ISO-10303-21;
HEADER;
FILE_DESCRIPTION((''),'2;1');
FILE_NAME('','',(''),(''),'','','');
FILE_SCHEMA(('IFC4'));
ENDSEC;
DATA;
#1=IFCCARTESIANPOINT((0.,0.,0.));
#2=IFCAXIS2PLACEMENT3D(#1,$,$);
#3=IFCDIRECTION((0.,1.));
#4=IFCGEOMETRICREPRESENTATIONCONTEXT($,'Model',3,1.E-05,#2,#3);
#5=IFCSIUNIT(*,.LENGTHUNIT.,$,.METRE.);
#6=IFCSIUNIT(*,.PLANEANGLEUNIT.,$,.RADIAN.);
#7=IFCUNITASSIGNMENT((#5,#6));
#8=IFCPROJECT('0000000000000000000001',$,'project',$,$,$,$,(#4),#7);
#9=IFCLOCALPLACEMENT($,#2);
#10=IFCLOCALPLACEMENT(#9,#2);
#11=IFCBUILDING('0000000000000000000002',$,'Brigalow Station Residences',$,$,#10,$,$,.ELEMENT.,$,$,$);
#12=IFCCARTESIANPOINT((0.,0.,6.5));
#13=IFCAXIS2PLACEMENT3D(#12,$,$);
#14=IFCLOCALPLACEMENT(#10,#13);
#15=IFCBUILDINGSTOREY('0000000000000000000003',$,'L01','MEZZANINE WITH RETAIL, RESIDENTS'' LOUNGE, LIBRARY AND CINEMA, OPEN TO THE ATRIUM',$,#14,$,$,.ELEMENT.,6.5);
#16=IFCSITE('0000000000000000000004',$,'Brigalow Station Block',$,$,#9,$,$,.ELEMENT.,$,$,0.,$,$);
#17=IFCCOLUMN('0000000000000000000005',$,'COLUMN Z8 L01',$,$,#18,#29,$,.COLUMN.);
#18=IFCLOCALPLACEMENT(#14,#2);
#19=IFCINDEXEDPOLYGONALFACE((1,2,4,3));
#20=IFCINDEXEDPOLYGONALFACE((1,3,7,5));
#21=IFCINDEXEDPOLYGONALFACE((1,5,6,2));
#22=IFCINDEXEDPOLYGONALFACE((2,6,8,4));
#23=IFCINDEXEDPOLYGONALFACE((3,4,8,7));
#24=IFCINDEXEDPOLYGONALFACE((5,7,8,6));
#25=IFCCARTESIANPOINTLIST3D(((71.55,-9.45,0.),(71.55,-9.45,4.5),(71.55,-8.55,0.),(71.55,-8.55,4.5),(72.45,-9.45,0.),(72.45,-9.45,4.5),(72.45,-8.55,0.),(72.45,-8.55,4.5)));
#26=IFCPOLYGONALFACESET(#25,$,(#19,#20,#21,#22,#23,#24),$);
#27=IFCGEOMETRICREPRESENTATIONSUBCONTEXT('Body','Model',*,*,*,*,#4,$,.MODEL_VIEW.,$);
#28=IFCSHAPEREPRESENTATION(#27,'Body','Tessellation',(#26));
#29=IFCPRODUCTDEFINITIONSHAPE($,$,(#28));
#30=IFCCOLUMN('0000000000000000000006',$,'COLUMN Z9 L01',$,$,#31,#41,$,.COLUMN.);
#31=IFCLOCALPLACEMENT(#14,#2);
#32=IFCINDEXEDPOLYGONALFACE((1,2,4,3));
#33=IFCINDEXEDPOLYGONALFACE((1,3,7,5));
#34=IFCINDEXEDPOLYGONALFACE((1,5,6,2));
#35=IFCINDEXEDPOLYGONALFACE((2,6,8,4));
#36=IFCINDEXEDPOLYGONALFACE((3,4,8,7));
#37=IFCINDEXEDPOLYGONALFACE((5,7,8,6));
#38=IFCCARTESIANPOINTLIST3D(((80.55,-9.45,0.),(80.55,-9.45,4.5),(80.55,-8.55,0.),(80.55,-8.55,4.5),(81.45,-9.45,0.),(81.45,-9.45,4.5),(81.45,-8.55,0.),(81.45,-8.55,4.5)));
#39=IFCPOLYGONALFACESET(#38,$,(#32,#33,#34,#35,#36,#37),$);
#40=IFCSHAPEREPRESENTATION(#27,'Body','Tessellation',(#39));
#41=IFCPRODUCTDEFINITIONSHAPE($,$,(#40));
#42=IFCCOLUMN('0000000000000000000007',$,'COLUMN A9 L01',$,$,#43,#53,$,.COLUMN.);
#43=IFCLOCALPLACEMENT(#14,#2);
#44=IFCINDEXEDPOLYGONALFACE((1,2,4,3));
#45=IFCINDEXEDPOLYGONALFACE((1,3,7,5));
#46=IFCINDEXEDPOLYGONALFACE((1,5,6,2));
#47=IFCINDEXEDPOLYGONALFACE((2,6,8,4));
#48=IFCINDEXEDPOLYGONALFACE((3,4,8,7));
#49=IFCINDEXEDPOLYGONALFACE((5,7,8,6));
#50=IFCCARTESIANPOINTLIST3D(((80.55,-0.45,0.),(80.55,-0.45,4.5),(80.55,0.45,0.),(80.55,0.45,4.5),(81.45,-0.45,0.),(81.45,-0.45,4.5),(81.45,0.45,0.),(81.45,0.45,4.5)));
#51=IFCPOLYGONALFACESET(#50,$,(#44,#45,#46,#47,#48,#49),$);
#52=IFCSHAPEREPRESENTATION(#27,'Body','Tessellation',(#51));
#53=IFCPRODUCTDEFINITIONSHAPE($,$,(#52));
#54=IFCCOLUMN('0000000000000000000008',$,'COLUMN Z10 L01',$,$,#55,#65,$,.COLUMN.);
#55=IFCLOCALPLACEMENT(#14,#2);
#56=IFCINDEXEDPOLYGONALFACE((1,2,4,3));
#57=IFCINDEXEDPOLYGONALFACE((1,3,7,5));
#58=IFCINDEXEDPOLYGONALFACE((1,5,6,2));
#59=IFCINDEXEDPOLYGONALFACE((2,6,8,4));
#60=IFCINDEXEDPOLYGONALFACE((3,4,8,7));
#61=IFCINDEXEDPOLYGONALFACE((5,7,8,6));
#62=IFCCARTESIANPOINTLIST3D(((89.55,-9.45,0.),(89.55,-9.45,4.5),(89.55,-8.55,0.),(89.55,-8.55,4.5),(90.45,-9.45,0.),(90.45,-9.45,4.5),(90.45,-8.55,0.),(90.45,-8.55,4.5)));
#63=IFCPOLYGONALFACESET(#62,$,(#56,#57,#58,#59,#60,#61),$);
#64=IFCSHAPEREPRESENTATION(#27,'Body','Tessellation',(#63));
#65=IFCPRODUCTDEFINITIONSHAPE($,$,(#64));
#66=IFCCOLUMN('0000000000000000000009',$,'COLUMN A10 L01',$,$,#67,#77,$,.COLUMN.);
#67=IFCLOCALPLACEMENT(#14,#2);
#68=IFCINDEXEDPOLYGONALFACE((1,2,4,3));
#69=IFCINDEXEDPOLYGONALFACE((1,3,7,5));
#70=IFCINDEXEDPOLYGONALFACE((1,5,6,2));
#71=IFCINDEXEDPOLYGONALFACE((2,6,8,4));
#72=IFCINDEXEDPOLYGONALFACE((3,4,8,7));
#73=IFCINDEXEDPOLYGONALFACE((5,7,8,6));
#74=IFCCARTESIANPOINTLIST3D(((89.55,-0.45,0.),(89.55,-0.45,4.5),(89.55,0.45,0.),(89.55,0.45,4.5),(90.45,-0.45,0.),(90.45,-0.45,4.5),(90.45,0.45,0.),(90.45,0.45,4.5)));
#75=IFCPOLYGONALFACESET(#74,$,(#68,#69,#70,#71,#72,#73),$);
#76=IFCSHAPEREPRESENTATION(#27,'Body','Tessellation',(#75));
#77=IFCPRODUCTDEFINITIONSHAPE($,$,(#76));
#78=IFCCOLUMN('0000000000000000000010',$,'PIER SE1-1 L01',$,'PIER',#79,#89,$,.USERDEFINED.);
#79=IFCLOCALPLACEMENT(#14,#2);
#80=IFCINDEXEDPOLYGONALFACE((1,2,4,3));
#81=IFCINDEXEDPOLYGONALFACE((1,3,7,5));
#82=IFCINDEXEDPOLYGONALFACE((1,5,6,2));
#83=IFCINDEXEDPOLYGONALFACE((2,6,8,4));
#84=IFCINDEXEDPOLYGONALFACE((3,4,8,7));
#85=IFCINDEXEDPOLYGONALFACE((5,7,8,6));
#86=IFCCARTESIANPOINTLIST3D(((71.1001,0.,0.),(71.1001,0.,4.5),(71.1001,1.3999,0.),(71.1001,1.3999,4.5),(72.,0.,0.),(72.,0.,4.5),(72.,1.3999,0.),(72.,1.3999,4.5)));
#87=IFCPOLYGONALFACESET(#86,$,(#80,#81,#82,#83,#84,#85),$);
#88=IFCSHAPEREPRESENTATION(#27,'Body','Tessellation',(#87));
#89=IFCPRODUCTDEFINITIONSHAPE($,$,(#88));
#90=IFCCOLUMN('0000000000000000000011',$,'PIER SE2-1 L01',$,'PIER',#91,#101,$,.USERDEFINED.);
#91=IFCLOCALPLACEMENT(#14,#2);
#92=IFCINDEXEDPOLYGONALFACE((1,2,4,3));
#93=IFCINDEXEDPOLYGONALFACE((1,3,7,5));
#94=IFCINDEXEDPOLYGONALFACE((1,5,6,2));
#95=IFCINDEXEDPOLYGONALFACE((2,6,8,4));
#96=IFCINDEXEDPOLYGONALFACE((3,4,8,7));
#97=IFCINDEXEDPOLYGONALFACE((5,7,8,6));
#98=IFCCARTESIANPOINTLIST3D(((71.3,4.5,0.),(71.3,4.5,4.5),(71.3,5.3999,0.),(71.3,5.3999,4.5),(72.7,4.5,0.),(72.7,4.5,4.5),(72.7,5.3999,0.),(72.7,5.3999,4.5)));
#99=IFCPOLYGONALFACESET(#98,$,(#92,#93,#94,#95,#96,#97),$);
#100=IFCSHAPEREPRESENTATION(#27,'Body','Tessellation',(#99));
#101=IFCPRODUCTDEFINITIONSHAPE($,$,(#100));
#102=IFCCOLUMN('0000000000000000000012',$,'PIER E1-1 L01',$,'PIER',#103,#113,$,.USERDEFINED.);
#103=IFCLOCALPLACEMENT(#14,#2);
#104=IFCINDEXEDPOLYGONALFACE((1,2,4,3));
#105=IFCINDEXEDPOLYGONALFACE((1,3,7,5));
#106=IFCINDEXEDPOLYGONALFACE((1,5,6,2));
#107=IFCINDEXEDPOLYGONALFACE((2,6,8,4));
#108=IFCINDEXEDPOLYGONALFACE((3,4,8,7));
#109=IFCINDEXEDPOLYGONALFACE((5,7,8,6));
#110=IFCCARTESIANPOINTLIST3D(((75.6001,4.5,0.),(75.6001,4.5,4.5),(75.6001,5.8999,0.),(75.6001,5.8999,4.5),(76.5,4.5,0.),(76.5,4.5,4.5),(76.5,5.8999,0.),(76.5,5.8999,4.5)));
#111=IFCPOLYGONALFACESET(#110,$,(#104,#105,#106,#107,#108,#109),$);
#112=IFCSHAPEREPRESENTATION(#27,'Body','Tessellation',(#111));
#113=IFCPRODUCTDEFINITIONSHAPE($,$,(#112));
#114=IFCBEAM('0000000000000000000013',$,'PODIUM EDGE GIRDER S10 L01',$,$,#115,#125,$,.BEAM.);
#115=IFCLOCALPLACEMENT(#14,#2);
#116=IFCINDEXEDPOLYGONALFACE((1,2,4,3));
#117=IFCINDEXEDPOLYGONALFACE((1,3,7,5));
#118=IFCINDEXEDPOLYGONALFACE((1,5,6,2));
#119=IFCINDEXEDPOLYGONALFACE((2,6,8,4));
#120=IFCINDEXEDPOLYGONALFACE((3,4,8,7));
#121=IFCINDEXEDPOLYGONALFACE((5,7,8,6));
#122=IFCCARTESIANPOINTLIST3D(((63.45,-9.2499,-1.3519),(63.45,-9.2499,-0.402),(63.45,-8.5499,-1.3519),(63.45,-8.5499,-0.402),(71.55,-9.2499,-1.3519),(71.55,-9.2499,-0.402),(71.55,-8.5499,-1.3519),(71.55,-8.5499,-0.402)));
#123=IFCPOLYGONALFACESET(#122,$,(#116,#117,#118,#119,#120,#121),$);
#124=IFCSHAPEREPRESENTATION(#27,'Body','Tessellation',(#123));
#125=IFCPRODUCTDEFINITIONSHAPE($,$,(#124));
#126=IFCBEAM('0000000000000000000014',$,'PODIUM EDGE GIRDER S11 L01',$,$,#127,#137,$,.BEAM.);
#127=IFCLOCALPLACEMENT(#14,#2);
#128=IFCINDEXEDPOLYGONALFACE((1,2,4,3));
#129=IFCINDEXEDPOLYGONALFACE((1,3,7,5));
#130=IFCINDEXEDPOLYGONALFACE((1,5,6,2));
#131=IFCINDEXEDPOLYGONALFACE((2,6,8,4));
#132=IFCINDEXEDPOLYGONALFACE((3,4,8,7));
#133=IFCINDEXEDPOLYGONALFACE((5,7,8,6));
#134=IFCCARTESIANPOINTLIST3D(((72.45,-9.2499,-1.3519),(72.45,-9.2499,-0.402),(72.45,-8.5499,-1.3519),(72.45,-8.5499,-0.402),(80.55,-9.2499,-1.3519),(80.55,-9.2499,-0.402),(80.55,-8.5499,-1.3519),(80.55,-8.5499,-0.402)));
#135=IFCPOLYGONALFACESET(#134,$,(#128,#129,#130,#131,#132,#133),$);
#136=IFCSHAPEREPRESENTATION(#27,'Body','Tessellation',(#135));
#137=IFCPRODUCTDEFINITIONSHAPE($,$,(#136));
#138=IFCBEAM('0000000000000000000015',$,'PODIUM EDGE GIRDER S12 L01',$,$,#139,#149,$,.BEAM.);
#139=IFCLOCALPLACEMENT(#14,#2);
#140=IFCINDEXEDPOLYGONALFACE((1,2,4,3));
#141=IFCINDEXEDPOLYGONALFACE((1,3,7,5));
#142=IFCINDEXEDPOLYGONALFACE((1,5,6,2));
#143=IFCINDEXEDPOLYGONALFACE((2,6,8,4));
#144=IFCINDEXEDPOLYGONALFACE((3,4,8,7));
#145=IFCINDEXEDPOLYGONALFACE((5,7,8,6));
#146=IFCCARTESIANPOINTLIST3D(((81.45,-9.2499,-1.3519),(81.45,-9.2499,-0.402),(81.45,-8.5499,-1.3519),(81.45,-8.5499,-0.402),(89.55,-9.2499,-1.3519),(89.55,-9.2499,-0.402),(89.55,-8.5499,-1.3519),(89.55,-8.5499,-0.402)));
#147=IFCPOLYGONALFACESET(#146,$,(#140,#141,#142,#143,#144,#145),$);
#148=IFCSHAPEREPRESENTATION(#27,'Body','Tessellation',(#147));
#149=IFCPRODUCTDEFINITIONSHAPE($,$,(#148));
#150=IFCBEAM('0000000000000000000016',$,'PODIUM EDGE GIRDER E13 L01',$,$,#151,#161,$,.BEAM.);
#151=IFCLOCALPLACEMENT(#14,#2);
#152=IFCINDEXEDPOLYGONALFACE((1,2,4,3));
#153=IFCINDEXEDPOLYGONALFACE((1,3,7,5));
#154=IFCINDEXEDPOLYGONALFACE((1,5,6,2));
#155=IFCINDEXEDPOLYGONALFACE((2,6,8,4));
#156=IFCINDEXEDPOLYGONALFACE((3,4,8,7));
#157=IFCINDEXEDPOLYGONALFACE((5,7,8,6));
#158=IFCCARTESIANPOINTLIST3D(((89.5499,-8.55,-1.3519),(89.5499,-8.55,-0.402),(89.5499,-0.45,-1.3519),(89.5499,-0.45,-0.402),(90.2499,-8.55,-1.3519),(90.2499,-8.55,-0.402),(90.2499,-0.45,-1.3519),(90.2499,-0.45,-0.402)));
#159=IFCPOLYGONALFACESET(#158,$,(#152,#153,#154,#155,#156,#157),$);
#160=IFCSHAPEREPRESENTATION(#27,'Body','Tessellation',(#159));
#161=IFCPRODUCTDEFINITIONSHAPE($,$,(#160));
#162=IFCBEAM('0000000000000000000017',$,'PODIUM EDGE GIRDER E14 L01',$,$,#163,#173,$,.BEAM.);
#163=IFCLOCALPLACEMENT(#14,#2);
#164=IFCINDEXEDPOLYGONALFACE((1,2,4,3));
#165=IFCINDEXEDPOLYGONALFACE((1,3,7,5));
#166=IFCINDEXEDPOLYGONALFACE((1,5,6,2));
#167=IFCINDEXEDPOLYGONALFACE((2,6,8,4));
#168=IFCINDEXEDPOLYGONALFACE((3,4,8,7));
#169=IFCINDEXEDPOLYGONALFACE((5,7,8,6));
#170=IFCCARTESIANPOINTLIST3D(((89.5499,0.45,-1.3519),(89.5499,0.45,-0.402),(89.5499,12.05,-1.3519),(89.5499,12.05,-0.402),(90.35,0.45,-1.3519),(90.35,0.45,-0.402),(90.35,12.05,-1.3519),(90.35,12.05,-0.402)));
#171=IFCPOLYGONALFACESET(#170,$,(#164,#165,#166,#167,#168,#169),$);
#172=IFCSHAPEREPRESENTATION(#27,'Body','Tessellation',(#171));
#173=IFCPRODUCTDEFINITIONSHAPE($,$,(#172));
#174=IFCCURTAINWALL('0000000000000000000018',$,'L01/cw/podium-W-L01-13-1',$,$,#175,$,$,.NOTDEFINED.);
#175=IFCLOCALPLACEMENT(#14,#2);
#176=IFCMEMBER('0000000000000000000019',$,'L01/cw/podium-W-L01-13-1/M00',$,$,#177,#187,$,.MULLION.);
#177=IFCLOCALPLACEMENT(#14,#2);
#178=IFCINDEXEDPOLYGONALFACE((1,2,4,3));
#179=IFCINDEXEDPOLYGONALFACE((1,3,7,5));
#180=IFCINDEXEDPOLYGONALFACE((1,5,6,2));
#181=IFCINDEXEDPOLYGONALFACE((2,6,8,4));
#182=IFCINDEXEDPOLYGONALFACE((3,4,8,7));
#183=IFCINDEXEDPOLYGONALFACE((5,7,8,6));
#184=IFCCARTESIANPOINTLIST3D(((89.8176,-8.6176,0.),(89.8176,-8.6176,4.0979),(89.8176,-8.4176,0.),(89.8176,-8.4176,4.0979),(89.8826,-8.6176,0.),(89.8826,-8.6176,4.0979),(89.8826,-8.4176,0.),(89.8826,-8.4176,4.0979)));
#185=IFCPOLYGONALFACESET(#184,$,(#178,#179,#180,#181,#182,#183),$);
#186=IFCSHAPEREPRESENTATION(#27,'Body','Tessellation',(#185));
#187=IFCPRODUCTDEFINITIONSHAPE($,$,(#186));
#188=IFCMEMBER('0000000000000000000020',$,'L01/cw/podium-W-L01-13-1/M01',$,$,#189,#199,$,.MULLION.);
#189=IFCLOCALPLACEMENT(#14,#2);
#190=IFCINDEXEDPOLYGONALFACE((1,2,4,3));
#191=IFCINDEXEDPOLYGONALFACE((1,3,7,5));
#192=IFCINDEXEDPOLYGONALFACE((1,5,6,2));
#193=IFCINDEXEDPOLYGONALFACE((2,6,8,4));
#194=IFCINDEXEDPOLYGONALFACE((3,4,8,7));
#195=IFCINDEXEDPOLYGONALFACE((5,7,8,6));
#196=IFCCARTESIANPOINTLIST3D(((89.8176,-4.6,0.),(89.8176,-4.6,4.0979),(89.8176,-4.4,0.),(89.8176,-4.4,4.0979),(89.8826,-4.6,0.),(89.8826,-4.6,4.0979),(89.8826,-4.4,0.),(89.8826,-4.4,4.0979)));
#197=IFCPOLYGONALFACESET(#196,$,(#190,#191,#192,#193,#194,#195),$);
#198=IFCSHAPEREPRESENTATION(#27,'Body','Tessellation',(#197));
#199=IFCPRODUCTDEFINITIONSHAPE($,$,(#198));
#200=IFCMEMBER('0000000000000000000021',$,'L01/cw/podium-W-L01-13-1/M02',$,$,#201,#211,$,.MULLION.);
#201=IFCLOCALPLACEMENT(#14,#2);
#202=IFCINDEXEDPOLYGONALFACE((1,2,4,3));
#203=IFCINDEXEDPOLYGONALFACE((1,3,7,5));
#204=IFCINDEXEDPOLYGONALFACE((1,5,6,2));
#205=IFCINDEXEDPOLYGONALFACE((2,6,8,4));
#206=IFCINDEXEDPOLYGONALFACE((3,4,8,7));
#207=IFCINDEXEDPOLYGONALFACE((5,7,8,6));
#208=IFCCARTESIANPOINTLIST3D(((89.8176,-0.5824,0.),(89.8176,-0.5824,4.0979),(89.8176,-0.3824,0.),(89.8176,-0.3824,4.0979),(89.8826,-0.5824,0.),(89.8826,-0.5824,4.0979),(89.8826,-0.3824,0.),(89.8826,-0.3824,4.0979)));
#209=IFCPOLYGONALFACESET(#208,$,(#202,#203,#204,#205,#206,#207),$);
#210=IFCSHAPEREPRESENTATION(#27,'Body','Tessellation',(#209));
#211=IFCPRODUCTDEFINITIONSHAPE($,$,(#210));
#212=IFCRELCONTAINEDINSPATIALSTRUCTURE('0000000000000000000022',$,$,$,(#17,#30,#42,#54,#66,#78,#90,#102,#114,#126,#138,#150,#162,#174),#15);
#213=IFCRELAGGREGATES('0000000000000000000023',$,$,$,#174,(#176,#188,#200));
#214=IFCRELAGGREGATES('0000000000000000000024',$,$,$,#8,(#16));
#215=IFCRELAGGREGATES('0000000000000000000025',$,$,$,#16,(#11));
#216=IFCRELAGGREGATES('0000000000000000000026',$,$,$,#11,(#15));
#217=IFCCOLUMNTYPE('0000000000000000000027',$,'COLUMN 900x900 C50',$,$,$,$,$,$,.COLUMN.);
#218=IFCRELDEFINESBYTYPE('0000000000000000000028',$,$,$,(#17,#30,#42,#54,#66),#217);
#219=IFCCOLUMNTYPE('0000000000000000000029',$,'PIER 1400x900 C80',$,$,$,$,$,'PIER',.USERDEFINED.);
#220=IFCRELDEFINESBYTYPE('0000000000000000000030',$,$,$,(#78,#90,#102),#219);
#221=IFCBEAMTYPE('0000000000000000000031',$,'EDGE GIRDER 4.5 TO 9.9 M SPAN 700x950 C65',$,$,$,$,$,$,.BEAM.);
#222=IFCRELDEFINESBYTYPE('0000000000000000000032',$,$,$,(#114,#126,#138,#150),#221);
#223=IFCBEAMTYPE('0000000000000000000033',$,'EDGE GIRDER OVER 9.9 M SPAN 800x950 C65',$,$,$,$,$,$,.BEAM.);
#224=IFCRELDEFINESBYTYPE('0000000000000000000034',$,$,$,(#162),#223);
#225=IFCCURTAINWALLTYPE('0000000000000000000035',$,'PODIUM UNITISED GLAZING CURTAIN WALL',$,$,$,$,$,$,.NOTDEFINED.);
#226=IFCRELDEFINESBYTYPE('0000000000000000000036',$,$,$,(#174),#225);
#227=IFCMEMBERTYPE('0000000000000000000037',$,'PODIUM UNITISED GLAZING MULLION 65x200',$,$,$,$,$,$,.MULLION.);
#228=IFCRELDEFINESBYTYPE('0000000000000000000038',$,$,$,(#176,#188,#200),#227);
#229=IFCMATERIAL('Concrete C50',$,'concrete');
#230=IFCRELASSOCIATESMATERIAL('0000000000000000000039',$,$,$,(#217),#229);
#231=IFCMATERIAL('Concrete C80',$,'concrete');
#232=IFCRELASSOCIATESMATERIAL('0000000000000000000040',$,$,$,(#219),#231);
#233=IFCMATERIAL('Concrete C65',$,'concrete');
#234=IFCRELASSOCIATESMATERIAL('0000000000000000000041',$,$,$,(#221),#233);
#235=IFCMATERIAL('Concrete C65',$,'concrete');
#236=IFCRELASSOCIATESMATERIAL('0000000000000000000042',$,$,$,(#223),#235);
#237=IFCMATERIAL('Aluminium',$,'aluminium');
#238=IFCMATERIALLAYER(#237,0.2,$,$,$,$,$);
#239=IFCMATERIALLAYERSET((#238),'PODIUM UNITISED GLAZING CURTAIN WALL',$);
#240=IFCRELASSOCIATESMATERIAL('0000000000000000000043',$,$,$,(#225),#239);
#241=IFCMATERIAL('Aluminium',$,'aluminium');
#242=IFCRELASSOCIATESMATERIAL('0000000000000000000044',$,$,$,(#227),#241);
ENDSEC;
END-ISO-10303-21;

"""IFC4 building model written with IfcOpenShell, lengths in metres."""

from ifc_helpers import new_model, si_unit, direction, frame, origin, origin_2d, place, context, subcontext, project, spatial, rectangle, extrude, material, layer, layer_set, material_profile, profile_set, type_object, element, aggregate, save


model = new_model("IFC4")

# Units and contexts
model_context = context("Model", 3, precision=1e-05, world=origin(), true_north=direction((0.0, 1.0)))
body_context = subcontext(model_context, "Body", "Model", "MODEL_VIEW")
ifc_project = project(units=[si_unit("LENGTHUNIT", "METRE"), si_unit("PLANEANGLEUNIT", "RADIAN")], contexts=[model_context])

# Site, building, storey
site_placement = place(None, origin())
site = spatial("IfcSite", under=ifc_project, at=site_placement, Name="Brigalow Station Block", CompositionType="ELEMENT", RefElevation=0.0)
building_placement = place(site_placement, origin())
building = spatial("IfcBuilding", under=site, at=building_placement, Name="Brigalow Station Residences", CompositionType="ELEMENT")
storey_placement = place(building_placement, frame((0.0, 0.0, 6.5)))
storey = spatial("IfcBuildingStorey", under=building, at=storey_placement, Name="L01", Description="MEZZANINE WITH RETAIL, RESIDENTS' LOUNGE, LIBRARY AND CINEMA, OPEN TO THE ATRIUM", CompositionType="ELEMENT", Elevation=6.5)

# Columns
ifc_material_1 = material(Name="Concrete C50", Category="concrete")
ifc_material_profile_1 = material_profile(ifc_material_1, rectangle(XDim=0.8999, YDim=0.8999, at=origin_2d()), Name="RC900x900")
ifc_profile_set_1 = profile_set([ifc_material_profile_1], Name="Concrete C50")
column_type_1 = type_object("IfcColumnType", Name="COLUMN 900x900 C50", PredefinedType="COLUMN", material=ifc_profile_set_1)
for number, where, z_axis, x_axis, name in (
    (1, (72.0, -9.0, 0.0), (0.0, 0.0, 1.0), (1.0, 0.0, 0.0), "COLUMN Z8 L01"),
    (2, (81.0, -9.0, 0.0), (0.0, 0.0, 1.0), (1.0, 0.0, 0.0), "COLUMN Z9 L01"),
    (3, (81.0, 0.0, 0.0), (0.0, 0.0, 1.0), (1.0, 0.0, 0.0), "COLUMN A9 L01"),
    (4, (90.0, -9.0, 0.0), (0.0, 0.0, 1.0), (1.0, 0.0, 0.0), "COLUMN Z10 L01"),
    (5, (90.0, 0.0, 0.0), (0.0, 0.0, 1.0), (1.0, 0.0, 0.0), "COLUMN A10 L01"),
):
    element("IfcColumn", number, at=place(storey_placement, frame(where, z_axis=z_axis, x_axis=x_axis)), inside=storey, type_object=column_type_1, Name=name, PredefinedType="COLUMN", context=body_context, shape_type="SweptSolid", body=[
        extrude(rectangle(XDim=0.8999, YDim=0.8999, at=origin_2d()), origin(), (0.0, 0.0, 1.0), 4.5),
    ])
ifc_material_2 = material(Name="Concrete C80", Category="concrete")
ifc_material_profile_2 = material_profile(ifc_material_2, rectangle(XDim=1.3999, YDim=0.8999, at=origin_2d()), Name="RC1400x900")
ifc_profile_set_2 = profile_set([ifc_material_profile_2], Name="Concrete C80")
column_type_2 = type_object("IfcColumnType", Name="PIER 1400x900 C80", ElementType="PIER", PredefinedType="USERDEFINED", material=ifc_profile_set_2)
for number, where, z_axis, x_axis, name in (
    (6, (71.55, 0.7, 0.0), (0.0, 0.0, 1.0), (0.0, 1.0, 0.0), "PIER SE1-1 L01"),
    (7, (72.0, 4.95, 0.0), (0.0, 0.0, 1.0), (1.0, 0.0, 0.0), "PIER SE2-1 L01"),
    (8, (76.05, 5.2, 0.0), (0.0, 0.0, 1.0), (0.0, 1.0, 0.0), "PIER E1-1 L01"),
):
    element("IfcColumn", number, at=place(storey_placement, frame(where, z_axis=z_axis, x_axis=x_axis)), inside=storey, type_object=column_type_2, Name=name, ObjectType="PIER", PredefinedType="USERDEFINED", context=body_context, shape_type="SweptSolid", body=[
        extrude(rectangle(XDim=1.3999, YDim=0.8999, at=origin_2d()), origin(), (0.0, 0.0, 1.0), 4.5),
    ])

# Beams
ifc_material_3 = material(Name="Concrete C65", Category="concrete")
ifc_material_profile_3 = material_profile(ifc_material_3, rectangle(XDim=0.7, YDim=0.95, at=origin_2d()), Name="RC700x950")
ifc_profile_set_3 = profile_set([ifc_material_profile_3], Name="Concrete C65")
beam_type_1 = type_object("IfcBeamType", Name="EDGE GIRDER 4.5 TO 9.9 M SPAN 700x950 C65", PredefinedType="BEAM", material=ifc_profile_set_3)
for number, where, z_axis, x_axis, name in (
    (9, (63.45, -8.8999, -0.877), (1.0, 0.0, 0.0), (0.0, 1.0, 0.0), "PODIUM EDGE GIRDER S10 L01"),
    (10, (72.45, -8.8999, -0.877), (1.0, 0.0, 0.0), (0.0, 1.0, 0.0), "PODIUM EDGE GIRDER S11 L01"),
    (11, (81.45, -8.8999, -0.877), (1.0, 0.0, 0.0), (0.0, 1.0, 0.0), "PODIUM EDGE GIRDER S12 L01"),
    (12, (89.8999, -8.55, -0.877), (0.0, 1.0, 0.0), (-1.0, 0.0, 0.0), "PODIUM EDGE GIRDER E13 L01"),
):
    element("IfcBeam", number, at=place(storey_placement, frame(where, z_axis=z_axis, x_axis=x_axis)), inside=storey, type_object=beam_type_1, Name=name, PredefinedType="BEAM", context=body_context, shape_type="SweptSolid", body=[
        extrude(rectangle(XDim=0.7, YDim=0.95, at=origin_2d()), origin(), (0.0, 0.0, 1.0), 8.1001),
    ])
ifc_material_4 = material(Name="Concrete C65", Category="concrete")
ifc_material_profile_4 = material_profile(ifc_material_4, rectangle(XDim=0.8, YDim=0.95, at=origin_2d()), Name="RC800x950")
ifc_profile_set_4 = profile_set([ifc_material_profile_4], Name="Concrete C65")
beam_type_2 = type_object("IfcBeamType", Name="EDGE GIRDER OVER 9.9 M SPAN 800x950 C65", PredefinedType="BEAM", material=ifc_profile_set_4)
beam_placement = place(storey_placement, frame((89.95, 0.45, -0.877), z_axis=(0.0, 1.0, 0.0), x_axis=(-1.0, 0.0, 0.0)))
element("IfcBeam", 13, at=beam_placement, inside=storey, type_object=beam_type_2, Name="PODIUM EDGE GIRDER E14 L01", PredefinedType="BEAM", context=body_context, shape_type="SweptSolid", body=[
    extrude(rectangle(XDim=0.8, YDim=0.95, at=origin_2d()), origin(), (0.0, 0.0, 1.0), 11.6001),
])

# Curtain wall, members
ifc_material_5 = material(Name="Aluminium", Category="aluminium")
ifc_layer_1 = layer(ifc_material_5, 0.2)
ifc_layer_set_1 = layer_set([ifc_layer_1], Name="PODIUM UNITISED GLAZING CURTAIN WALL")
curtain_wall_type = type_object("IfcCurtainWallType", Name="PODIUM UNITISED GLAZING CURTAIN WALL", PredefinedType="NOTDEFINED", material=ifc_layer_set_1)
curtain_wall_1_placement = place(storey_placement, origin())
curtain_wall_1 = element("IfcCurtainWall", 14, at=curtain_wall_1_placement, inside=storey, type_object=curtain_wall_type, Name="L01/cw/podium-W-L01-13-1", PredefinedType="NOTDEFINED")
ifc_material_6 = material(Name="Aluminium", Category="aluminium")
ifc_material_profile_5 = material_profile(ifc_material_6, rectangle(XDim=0.0649, YDim=0.2, at=origin_2d()), Name="PODIUM UNITISED GLAZING MULLION 65x200")
ifc_profile_set_5 = profile_set([ifc_material_profile_5], Name="Aluminium")
member_type_1 = type_object("IfcMemberType", Name="PODIUM UNITISED GLAZING MULLION 65x200", PredefinedType="MULLION", material=ifc_profile_set_5)
member_1_placement = place(storey_placement, frame((89.8501, -8.5176, 0.0), z_axis=(0.0, 0.0, 1.0), x_axis=(-1.0, 0.0, 0.0)))
member_1 = element("IfcMember", 15, at=member_1_placement, type_object=member_type_1, Name="L01/cw/podium-W-L01-13-1/M00", PredefinedType="MULLION", context=body_context, shape_type="SweptSolid", body=[
    extrude(rectangle(XDim=0.0649, YDim=0.2, at=origin_2d()), origin(), (0.0, 0.0, 1.0), 4.0979),
])
member_2_placement = place(storey_placement, frame((89.8501, -4.5, 0.0), z_axis=(0.0, 0.0, 1.0), x_axis=(-1.0, 0.0, 0.0)))
member_2 = element("IfcMember", 16, at=member_2_placement, type_object=member_type_1, Name="L01/cw/podium-W-L01-13-1/M01", PredefinedType="MULLION", context=body_context, shape_type="SweptSolid", body=[
    extrude(rectangle(XDim=0.0649, YDim=0.2, at=origin_2d()), origin(), (0.0, 0.0, 1.0), 4.0979),
])
member_3_placement = place(storey_placement, frame((89.8501, -0.4824, 0.0), z_axis=(0.0, 0.0, 1.0), x_axis=(-1.0, 0.0, 0.0)))
member_3 = element("IfcMember", 17, at=member_3_placement, type_object=member_type_1, Name="L01/cw/podium-W-L01-13-1/M02", PredefinedType="MULLION", context=body_context, shape_type="SweptSolid", body=[
    extrude(rectangle(XDim=0.0649, YDim=0.2, at=origin_2d()), origin(), (0.0, 0.0, 1.0), 4.0979),
])

aggregate(curtain_wall_1, [member_1, member_2, member_3])

save(model, "model.ifc")
